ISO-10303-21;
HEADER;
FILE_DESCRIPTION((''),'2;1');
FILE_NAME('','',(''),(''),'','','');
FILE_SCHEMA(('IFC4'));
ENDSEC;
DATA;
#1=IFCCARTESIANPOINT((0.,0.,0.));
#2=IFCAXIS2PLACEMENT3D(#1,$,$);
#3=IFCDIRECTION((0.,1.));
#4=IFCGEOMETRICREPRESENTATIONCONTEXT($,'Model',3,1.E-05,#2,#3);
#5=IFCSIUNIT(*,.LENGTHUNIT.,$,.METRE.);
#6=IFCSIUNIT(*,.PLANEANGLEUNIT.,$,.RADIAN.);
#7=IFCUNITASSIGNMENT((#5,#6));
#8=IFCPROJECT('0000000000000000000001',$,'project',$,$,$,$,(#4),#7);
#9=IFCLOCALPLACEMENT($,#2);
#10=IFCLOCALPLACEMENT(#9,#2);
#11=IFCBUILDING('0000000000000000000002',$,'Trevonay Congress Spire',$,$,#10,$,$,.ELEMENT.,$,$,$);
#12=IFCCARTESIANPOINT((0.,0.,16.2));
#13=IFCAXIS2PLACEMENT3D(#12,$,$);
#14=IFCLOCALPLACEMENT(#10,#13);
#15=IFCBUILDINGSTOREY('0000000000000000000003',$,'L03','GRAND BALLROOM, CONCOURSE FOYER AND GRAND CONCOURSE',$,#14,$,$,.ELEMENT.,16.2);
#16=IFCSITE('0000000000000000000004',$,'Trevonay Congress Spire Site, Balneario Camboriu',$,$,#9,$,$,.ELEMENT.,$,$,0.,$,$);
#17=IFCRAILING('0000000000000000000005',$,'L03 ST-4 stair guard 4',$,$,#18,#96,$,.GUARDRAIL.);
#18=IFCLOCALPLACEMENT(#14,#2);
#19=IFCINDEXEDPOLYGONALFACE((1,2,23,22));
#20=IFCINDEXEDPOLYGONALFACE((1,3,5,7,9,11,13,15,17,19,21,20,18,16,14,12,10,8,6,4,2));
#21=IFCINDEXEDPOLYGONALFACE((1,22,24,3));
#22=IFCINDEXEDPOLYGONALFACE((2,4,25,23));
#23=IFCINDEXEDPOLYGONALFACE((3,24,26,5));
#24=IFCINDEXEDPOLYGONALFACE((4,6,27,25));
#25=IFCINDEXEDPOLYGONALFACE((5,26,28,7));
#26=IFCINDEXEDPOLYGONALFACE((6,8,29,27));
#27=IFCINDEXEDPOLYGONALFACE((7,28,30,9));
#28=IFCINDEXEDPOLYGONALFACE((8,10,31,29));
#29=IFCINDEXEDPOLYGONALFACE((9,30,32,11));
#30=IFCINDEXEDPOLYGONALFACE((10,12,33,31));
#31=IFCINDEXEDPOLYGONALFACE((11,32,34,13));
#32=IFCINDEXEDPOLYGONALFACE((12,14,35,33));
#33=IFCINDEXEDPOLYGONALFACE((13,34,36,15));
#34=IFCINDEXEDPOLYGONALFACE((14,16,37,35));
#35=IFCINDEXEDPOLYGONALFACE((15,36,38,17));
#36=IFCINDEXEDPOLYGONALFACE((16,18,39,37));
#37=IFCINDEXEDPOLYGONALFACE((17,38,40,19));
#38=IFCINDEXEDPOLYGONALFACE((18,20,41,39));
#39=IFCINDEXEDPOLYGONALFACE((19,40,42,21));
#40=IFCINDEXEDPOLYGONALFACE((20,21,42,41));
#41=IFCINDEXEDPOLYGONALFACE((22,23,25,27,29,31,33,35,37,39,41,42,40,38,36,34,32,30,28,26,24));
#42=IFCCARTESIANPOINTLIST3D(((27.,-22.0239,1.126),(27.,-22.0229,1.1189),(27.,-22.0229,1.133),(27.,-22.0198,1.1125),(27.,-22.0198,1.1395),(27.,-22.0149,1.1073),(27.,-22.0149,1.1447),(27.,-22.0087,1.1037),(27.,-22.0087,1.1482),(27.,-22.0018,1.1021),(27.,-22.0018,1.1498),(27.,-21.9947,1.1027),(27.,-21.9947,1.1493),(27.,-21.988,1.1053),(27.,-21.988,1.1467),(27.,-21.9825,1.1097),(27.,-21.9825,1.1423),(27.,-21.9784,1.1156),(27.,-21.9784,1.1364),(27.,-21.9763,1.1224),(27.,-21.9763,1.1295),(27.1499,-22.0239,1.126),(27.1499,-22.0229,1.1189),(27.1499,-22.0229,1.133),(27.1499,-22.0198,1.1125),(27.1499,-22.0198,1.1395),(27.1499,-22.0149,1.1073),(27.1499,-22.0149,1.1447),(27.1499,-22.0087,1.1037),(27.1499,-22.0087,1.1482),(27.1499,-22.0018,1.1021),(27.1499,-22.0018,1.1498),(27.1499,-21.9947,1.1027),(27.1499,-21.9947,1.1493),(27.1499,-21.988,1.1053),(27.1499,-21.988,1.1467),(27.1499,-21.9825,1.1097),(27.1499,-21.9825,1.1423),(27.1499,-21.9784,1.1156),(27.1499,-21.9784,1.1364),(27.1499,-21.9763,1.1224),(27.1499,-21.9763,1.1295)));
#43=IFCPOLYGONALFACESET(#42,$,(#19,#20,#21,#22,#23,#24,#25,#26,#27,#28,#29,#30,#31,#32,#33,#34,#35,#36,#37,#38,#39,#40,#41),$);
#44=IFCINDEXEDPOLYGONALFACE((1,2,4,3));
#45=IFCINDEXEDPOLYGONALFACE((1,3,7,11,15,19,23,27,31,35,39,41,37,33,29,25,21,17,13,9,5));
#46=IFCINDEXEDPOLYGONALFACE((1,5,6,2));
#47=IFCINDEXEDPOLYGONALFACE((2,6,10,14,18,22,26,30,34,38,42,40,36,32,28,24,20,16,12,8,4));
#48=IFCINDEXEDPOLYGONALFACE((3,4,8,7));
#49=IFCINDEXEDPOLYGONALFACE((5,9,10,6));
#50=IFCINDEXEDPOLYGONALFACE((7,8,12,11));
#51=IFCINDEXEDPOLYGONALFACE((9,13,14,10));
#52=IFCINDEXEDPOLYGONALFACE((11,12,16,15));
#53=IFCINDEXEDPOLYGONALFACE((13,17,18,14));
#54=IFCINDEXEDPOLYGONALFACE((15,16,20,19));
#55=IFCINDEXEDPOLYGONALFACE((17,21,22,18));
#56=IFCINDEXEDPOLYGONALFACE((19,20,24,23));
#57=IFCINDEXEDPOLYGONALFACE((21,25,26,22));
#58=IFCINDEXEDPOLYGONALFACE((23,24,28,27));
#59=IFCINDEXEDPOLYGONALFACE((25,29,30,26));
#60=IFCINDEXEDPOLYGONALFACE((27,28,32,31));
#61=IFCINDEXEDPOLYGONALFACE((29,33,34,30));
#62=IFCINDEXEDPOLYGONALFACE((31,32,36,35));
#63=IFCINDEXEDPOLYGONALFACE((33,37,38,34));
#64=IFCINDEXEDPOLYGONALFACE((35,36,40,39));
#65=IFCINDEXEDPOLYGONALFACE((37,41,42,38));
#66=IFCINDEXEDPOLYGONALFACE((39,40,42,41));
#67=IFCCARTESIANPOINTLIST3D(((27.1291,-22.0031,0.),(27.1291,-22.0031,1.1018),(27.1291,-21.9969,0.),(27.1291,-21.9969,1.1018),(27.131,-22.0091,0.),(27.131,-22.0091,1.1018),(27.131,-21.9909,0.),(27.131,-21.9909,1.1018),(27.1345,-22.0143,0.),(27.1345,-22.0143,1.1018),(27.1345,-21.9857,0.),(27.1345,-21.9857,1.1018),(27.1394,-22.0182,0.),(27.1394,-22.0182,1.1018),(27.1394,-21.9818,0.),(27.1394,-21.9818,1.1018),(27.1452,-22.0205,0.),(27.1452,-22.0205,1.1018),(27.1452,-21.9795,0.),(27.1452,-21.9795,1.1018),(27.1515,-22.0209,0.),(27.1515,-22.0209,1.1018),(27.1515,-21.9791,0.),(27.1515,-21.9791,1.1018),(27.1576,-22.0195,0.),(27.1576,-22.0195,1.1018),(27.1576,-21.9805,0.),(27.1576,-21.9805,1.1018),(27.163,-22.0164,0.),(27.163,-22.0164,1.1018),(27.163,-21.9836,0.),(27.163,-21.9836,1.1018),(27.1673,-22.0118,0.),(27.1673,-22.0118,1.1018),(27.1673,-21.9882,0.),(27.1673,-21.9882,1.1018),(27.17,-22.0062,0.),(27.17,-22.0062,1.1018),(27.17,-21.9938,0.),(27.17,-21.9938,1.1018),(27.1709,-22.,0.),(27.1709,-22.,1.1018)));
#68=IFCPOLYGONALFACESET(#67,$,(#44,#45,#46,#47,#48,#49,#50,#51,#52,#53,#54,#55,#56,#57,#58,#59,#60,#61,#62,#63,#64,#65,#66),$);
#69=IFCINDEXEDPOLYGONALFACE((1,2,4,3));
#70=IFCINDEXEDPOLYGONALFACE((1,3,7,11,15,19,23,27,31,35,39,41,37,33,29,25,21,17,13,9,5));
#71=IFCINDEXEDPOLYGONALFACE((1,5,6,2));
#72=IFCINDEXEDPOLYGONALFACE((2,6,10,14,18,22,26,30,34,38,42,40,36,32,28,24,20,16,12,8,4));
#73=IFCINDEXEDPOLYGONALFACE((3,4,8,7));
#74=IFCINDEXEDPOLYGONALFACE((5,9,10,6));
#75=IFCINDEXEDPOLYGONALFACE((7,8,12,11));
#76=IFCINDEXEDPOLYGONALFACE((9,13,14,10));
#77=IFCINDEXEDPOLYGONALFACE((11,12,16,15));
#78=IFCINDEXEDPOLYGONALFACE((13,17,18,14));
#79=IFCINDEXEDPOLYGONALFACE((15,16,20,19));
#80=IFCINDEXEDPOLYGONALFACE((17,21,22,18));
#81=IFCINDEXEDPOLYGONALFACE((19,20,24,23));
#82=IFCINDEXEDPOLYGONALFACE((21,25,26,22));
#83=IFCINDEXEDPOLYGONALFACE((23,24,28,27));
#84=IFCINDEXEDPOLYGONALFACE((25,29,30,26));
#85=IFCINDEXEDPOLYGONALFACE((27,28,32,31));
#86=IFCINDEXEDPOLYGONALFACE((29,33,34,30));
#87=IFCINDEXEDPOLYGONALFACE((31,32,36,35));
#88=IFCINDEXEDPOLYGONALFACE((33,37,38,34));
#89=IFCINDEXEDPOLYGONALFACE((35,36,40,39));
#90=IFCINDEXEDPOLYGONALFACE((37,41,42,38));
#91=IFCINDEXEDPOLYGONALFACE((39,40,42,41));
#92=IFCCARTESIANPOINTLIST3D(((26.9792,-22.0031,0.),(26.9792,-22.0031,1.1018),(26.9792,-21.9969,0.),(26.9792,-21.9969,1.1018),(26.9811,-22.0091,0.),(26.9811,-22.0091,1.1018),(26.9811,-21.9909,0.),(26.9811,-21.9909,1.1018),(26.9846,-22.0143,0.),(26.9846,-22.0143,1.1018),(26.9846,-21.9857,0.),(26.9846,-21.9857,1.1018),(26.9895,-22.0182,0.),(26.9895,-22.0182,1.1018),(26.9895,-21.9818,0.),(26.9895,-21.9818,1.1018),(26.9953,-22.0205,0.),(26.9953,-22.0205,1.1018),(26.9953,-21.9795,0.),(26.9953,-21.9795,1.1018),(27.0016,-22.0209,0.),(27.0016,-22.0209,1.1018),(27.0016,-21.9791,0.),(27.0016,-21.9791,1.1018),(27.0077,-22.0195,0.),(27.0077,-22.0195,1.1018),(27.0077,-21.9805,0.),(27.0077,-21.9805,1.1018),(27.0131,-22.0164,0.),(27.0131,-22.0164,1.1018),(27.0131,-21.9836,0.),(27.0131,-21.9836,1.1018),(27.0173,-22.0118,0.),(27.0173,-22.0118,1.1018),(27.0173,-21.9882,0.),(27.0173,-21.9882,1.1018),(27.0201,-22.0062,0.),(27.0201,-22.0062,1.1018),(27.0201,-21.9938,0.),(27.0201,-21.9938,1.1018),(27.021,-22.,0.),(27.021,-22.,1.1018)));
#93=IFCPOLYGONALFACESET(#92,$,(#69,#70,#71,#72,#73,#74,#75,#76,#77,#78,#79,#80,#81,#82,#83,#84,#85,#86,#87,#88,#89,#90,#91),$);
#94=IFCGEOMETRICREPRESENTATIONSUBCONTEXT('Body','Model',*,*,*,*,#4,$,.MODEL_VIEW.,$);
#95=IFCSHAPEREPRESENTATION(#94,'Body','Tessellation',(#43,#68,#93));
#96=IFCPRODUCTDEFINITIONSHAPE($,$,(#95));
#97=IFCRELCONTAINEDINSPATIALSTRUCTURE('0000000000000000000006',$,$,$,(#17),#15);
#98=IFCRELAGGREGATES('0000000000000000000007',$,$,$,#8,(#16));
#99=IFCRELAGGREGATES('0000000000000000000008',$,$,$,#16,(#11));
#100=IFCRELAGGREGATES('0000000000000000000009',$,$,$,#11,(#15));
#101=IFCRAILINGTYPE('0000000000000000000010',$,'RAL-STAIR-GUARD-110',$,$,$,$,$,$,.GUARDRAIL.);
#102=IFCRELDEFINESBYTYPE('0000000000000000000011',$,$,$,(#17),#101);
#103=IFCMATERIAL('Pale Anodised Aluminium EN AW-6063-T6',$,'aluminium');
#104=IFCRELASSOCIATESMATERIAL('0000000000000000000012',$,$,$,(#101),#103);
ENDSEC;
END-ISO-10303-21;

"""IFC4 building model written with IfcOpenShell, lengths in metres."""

from ifc_helpers import new_model, si_unit, direction, frame, origin, origin_2d, place, context, subcontext, project, spatial, circle, extrude, material, type_object, element, save


model = new_model("IFC4")

# Units and contexts
model_context = context("Model", 3, precision=1e-05, world=origin(), true_north=direction((0.0, 1.0)))
body_context = subcontext(model_context, "Body", "Model", "MODEL_VIEW")
ifc_project = project(units=[si_unit("LENGTHUNIT", "METRE"), si_unit("PLANEANGLEUNIT", "RADIAN")], contexts=[model_context])

# Site, building, storey
site_placement = place(None, origin())
site = spatial("IfcSite", under=ifc_project, at=site_placement, Name="Trevonay Congress Spire Site, Balneario Camboriu", CompositionType="ELEMENT", RefElevation=0.0)
building_placement = place(site_placement, origin())
building = spatial("IfcBuilding", under=site, at=building_placement, Name="Trevonay Congress Spire", CompositionType="ELEMENT")
storey_placement = place(building_placement, frame((0.0, 0.0, 16.2)))
storey = spatial("IfcBuildingStorey", under=building, at=storey_placement, Name="L03", Description="GRAND BALLROOM, CONCOURSE FOYER AND GRAND CONCOURSE", CompositionType="ELEMENT", Elevation=16.2)

# Shared definitions
ifc_material_1 = material(Name="Pale Anodised Aluminium EN AW-6063-T6", Category="aluminium")

# Railing
railing_type_1 = type_object("IfcRailingType", Name="RAL-STAIR-GUARD-110", PredefinedType="GUARDRAIL", material=ifc_material_1)
railing_1_placement = place(storey_placement, frame((27.1499, -22.0, 0.0)))
element("IfcRailing", 1, at=railing_1_placement, inside=storey, type_object=railing_type_1, Name="L03 ST-4 stair guard 4", PredefinedType="GUARDRAIL", context=body_context, shape_type="SweptSolid", body=[
    extrude(circle(Radius=0.0239, at=origin_2d()), frame((0.0, 0.0, 1.126), z_axis=(-1.0, 0.0, 0.0), x_axis=(0.0, -1.0, 0.0)), (0.0, 0.0, 1.0), 0.1499),
    extrude(circle(Radius=0.021, at=origin_2d()), origin(), (0.0, 0.0, 1.0), 1.1018),
    extrude(circle(Radius=0.021, at=origin_2d()), frame((-0.1499, 0.0, 0.0)), (0.0, 0.0, 1.0), 1.1018),
])

save(model, "model.ifc")
